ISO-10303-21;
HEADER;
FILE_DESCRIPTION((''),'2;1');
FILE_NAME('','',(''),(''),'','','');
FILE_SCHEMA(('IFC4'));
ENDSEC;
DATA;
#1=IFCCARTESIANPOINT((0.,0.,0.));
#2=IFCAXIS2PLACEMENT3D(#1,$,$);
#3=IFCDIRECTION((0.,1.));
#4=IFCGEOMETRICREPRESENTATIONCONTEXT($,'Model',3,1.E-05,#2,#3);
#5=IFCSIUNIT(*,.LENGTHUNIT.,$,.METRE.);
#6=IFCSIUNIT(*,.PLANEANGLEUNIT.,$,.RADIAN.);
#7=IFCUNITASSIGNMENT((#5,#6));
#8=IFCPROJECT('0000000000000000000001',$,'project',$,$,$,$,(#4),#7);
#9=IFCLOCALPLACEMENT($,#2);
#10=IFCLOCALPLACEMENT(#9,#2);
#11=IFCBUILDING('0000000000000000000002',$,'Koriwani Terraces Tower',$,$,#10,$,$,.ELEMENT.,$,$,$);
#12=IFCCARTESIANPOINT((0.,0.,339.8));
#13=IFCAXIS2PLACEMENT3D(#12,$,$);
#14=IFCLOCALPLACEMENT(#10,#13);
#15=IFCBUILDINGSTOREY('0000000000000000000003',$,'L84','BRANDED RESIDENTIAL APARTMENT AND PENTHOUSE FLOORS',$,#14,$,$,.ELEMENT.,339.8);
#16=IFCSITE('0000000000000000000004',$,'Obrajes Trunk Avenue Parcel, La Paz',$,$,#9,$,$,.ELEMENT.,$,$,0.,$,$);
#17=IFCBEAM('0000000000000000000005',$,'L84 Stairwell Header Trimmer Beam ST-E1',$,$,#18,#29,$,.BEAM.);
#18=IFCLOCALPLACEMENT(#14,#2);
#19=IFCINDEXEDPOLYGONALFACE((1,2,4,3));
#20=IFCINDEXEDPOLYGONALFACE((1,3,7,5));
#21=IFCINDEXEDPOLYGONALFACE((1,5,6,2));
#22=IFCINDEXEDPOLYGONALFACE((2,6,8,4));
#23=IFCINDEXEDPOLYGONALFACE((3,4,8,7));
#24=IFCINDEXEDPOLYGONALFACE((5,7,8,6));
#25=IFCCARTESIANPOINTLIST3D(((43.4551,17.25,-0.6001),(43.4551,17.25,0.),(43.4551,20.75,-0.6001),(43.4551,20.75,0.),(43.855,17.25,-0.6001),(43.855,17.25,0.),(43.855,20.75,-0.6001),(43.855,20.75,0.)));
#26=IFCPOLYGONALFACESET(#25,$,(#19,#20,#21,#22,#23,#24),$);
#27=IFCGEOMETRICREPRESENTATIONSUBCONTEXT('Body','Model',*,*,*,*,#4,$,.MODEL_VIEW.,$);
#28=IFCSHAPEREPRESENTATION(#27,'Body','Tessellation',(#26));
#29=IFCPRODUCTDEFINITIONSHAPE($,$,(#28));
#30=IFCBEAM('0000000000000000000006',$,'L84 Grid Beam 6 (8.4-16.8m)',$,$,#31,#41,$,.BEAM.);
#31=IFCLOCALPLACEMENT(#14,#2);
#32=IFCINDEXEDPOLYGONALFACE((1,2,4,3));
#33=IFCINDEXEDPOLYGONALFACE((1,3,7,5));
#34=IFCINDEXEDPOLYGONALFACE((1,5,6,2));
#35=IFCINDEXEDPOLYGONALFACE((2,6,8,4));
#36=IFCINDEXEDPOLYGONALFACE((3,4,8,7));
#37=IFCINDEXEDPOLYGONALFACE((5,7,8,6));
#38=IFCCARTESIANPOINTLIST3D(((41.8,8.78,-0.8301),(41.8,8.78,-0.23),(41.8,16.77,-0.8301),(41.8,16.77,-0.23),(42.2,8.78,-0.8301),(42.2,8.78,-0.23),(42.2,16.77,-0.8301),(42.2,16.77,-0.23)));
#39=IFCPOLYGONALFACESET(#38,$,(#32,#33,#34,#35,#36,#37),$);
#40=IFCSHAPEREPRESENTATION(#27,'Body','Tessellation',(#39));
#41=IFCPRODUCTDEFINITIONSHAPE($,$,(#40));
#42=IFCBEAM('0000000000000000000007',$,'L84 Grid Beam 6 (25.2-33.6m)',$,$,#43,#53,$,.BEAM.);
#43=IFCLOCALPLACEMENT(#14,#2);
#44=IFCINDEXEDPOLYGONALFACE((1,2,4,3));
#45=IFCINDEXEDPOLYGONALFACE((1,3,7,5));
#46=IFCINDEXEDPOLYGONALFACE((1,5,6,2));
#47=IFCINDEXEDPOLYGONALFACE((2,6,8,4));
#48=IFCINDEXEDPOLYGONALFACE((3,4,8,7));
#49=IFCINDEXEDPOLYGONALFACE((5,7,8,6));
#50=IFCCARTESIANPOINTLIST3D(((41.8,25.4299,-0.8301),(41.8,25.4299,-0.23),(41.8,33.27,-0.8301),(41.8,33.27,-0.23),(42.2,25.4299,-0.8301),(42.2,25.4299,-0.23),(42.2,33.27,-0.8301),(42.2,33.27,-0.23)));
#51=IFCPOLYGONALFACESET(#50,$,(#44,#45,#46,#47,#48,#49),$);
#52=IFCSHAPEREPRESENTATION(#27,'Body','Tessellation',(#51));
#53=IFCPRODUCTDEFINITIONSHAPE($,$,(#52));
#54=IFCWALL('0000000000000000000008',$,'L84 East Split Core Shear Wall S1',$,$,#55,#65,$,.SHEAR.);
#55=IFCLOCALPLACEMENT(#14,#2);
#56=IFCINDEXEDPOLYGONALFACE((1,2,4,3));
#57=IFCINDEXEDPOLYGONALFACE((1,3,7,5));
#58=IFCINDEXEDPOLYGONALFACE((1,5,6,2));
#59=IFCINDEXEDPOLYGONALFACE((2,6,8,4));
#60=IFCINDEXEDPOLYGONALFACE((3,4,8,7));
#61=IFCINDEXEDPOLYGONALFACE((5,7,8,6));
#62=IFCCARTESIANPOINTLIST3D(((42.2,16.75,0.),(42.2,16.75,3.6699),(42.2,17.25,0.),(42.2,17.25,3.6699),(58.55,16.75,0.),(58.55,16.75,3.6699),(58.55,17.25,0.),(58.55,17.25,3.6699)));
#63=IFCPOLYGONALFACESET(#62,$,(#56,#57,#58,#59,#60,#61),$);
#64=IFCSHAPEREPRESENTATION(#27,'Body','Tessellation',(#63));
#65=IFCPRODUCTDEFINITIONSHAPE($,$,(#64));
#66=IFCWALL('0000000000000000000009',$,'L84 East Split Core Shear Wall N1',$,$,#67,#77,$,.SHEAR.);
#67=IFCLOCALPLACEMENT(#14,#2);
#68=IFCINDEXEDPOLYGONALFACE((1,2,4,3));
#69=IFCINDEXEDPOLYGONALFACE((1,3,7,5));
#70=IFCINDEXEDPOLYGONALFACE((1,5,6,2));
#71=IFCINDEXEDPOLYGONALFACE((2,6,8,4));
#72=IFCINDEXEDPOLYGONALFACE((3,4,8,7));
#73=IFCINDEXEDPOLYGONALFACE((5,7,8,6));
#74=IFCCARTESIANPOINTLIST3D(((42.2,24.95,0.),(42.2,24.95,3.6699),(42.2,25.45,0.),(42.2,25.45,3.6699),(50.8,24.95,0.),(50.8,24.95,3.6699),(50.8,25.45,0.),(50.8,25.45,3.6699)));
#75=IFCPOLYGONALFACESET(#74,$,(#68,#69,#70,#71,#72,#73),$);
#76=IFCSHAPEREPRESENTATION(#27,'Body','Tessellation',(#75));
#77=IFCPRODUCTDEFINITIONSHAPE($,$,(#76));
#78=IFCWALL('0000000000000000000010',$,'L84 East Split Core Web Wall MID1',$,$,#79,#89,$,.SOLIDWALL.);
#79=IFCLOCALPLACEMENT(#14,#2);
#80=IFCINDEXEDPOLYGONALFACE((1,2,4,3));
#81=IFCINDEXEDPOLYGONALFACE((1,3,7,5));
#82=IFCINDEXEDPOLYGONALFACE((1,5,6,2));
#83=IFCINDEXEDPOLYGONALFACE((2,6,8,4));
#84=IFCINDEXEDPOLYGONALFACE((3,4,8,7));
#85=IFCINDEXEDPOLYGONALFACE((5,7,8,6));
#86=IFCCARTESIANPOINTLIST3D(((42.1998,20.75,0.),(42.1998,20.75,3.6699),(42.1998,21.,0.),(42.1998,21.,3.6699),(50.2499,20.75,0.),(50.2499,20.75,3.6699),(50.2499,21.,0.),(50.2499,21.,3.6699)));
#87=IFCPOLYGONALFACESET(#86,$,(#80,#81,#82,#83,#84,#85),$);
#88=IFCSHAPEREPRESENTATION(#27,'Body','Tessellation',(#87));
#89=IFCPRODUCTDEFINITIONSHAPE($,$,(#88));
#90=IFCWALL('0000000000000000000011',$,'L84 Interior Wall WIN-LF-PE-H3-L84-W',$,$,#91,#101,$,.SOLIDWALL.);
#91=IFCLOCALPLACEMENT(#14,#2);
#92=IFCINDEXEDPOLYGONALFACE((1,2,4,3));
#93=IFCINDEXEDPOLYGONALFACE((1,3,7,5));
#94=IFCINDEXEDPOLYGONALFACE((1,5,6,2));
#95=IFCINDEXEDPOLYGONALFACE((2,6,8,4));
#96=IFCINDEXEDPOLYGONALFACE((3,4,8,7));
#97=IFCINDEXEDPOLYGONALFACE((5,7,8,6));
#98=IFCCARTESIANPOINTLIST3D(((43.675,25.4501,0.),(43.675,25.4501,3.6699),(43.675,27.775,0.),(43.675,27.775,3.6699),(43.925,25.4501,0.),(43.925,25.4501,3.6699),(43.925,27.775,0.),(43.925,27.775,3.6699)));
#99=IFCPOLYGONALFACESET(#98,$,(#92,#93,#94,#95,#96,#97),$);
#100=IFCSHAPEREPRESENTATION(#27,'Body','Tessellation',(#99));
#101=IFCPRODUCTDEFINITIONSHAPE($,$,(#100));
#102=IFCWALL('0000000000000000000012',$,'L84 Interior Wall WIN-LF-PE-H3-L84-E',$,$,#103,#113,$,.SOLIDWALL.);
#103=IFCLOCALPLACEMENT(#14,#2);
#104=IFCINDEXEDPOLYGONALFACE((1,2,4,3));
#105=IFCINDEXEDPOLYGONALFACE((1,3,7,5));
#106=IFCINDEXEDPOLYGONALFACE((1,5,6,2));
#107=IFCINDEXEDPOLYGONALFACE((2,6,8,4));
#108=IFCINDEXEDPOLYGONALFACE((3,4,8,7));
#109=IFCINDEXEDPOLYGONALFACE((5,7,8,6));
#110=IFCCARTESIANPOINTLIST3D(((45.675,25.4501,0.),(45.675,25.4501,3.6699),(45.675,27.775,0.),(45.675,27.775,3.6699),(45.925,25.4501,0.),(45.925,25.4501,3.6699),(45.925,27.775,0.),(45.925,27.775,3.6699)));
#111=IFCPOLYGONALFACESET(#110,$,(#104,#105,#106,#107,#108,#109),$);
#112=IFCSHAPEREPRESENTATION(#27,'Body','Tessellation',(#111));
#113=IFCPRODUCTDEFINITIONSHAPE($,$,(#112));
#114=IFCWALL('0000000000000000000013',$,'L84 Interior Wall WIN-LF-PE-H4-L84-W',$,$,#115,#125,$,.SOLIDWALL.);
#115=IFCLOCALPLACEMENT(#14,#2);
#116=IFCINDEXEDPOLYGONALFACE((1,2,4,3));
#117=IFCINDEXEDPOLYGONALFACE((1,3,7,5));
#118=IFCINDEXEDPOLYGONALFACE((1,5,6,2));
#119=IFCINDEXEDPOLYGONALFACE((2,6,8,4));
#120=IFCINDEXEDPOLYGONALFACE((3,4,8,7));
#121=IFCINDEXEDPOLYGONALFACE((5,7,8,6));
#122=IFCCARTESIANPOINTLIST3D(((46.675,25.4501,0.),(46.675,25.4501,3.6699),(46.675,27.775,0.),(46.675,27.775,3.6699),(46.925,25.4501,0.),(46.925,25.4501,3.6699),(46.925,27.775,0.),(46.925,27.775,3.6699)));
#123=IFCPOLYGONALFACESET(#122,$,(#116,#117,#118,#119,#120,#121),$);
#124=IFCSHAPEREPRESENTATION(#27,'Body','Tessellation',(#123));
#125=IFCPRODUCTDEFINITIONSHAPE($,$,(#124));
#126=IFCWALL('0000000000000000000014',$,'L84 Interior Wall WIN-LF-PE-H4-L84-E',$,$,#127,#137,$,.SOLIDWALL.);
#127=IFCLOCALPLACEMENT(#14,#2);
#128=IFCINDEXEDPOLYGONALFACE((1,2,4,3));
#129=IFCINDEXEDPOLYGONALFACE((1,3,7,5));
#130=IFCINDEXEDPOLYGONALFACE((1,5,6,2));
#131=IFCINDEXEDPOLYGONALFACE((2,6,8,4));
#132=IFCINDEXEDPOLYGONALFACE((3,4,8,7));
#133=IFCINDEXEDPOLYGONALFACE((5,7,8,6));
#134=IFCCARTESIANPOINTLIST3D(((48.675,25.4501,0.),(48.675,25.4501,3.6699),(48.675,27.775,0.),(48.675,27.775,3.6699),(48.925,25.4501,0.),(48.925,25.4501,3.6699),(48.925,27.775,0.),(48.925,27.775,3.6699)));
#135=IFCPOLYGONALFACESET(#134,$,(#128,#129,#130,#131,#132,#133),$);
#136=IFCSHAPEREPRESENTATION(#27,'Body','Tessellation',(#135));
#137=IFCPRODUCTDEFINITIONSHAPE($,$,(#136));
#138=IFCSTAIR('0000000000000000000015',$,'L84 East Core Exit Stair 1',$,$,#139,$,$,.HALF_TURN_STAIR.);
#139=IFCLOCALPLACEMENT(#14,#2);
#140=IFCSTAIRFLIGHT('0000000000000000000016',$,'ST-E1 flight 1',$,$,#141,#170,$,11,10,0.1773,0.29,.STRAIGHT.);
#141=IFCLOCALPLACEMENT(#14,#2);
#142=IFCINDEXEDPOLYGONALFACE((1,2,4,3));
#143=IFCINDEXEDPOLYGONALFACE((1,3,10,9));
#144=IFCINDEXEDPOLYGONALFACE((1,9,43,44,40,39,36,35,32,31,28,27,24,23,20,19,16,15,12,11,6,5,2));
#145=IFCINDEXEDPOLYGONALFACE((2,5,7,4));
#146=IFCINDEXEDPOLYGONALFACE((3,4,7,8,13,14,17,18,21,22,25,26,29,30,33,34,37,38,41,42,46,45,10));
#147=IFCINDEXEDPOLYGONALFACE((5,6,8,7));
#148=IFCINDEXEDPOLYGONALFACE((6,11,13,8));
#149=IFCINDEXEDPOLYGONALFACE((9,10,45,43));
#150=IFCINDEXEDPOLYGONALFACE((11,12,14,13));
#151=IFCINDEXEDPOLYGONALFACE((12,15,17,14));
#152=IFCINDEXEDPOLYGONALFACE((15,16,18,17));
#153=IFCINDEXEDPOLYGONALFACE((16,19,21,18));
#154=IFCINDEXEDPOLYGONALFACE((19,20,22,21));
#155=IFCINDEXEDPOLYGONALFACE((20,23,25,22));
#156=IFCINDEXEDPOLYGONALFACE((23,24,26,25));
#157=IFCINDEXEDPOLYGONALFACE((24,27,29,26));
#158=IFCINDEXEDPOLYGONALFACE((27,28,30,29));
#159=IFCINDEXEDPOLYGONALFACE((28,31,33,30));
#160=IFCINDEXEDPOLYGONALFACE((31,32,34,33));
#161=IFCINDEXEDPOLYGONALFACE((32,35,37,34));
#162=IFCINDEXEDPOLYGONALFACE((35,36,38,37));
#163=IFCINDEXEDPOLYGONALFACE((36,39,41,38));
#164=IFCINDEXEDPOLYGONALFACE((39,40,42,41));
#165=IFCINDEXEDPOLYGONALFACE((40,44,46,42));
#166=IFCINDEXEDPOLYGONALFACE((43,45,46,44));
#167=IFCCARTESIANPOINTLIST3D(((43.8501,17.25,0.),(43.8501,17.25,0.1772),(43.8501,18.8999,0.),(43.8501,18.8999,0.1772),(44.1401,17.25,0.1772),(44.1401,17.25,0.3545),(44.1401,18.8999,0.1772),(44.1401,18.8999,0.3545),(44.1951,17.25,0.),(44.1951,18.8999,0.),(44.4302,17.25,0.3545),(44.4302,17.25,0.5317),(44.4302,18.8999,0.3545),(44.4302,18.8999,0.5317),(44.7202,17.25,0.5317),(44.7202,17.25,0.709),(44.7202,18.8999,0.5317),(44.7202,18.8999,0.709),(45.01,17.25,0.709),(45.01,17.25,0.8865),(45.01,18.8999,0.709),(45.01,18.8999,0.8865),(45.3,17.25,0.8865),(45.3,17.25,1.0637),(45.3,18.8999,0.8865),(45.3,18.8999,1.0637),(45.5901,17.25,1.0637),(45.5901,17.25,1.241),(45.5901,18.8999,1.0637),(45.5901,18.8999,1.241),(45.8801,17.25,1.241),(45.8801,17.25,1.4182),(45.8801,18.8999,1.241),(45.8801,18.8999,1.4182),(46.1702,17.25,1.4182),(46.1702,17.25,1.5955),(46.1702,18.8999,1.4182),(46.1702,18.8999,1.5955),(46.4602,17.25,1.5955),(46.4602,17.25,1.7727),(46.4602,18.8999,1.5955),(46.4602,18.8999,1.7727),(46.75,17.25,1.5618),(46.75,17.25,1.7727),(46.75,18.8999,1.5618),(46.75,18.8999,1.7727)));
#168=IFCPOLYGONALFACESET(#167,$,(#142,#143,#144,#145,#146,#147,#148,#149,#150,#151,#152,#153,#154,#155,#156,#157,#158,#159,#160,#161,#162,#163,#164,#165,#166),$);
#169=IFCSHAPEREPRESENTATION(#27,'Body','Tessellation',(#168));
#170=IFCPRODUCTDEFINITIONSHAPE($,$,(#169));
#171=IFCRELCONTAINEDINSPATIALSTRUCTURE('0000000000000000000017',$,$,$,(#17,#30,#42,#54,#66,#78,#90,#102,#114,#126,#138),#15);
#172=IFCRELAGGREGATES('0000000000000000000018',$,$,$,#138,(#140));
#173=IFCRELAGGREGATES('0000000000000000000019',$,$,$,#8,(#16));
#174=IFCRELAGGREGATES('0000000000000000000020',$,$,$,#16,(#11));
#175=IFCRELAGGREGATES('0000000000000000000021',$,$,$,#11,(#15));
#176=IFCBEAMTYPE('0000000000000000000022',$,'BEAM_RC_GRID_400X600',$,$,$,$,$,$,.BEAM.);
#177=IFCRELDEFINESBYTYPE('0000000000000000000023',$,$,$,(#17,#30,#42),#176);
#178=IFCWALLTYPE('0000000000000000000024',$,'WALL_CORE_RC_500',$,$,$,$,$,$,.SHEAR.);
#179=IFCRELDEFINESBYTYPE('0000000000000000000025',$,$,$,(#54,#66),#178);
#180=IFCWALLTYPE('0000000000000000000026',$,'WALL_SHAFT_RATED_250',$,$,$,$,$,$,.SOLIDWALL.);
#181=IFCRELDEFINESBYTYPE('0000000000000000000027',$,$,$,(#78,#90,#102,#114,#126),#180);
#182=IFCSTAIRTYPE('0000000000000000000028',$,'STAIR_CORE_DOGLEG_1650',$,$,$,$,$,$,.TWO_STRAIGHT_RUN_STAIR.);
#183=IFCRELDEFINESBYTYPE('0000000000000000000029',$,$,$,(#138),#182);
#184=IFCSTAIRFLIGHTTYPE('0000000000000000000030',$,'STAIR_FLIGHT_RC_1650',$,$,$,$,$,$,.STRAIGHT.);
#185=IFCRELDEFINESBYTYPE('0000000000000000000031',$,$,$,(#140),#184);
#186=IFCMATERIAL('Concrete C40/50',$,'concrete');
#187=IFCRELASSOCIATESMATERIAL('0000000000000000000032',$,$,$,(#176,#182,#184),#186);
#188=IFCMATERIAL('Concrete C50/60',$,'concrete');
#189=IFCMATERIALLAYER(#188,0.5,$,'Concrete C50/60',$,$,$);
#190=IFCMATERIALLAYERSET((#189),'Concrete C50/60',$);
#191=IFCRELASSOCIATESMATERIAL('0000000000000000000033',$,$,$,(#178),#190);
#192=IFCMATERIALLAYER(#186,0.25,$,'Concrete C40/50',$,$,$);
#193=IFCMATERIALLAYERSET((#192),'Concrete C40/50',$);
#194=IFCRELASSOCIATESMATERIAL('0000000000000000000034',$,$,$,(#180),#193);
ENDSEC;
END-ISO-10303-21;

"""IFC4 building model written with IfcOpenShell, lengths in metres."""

from ifc_helpers import new_model, si_unit, direction, frame, frame_2d, origin, origin_2d, place, context, subcontext, project, spatial, polyline, rectangle, outline, extrude, material, layer, layer_set, material_profile, profile_set, type_object, element, aggregate, save


model = new_model("IFC4")

# Units and contexts
model_context = context("Model", 3, precision=1e-05, world=origin(), true_north=direction((0.0, 1.0)))
body_context = subcontext(model_context, "Body", "Model", "MODEL_VIEW")
ifc_project = project(units=[si_unit("LENGTHUNIT", "METRE"), si_unit("PLANEANGLEUNIT", "RADIAN")], contexts=[model_context])

# Site, building, storey
site_placement = place(None, origin())
site = spatial("IfcSite", under=ifc_project, at=site_placement, Name="Obrajes Trunk Avenue Parcel, La Paz", CompositionType="ELEMENT", RefElevation=0.0)
building_placement = place(site_placement, origin())
building = spatial("IfcBuilding", under=site, at=building_placement, Name="Koriwani Terraces Tower", CompositionType="ELEMENT")
storey_placement = place(building_placement, frame((0.0, 0.0, 339.8)))
storey = spatial("IfcBuildingStorey", under=building, at=storey_placement, Name="L84", Description="BRANDED RESIDENTIAL APARTMENT AND PENTHOUSE FLOORS", CompositionType="ELEMENT", Elevation=339.8)

# Beams
ifc_material_1 = material(Name="Concrete C40/50", Category="concrete")
ifc_material_profile = material_profile(ifc_material_1, rectangle(XDim=0.3999, YDim=0.6001, at=origin_2d()), Name="Concrete C40/50", Category="LoadBearing")
ifc_profile_set = profile_set([ifc_material_profile], Name="Concrete C40/50")
beam_type = type_object("IfcBeamType", Name="BEAM_RC_GRID_400X600", PredefinedType="BEAM", material=ifc_profile_set)
beam_1_placement = place(storey_placement, frame((43.655, 17.25, -0.3), z_axis=(0.0, 1.0, 0.0), x_axis=(-1.0, 0.0, 0.0)))
element("IfcBeam", 1, at=beam_1_placement, inside=storey, type_object=beam_type, Name="L84 Stairwell Header Trimmer Beam ST-E1", PredefinedType="BEAM", context=body_context, shape_type="SweptSolid", body=[
    extrude(rectangle(XDim=0.3999, YDim=0.6001, at=origin_2d()), origin(), (0.0, 0.0, 1.0), 3.5),
])
beam_2_placement = place(storey_placement, frame((42.0, 8.78, -0.53), z_axis=(0.0, 1.0, 0.0), x_axis=(-1.0, 0.0, 0.0)))
element("IfcBeam", 2, at=beam_2_placement, inside=storey, type_object=beam_type, Name="L84 Grid Beam 6 (8.4-16.8m)", PredefinedType="BEAM", context=body_context, shape_type="SweptSolid", body=[
    extrude(rectangle(XDim=0.3999, YDim=0.6001, at=origin_2d()), origin(), (0.0, 0.0, 1.0), 7.99),
])
beam_3_placement = place(storey_placement, frame((42.0, 25.4299, -0.53), z_axis=(0.0, 1.0, 0.0), x_axis=(-1.0, 0.0, 0.0)))
element("IfcBeam", 3, at=beam_3_placement, inside=storey, type_object=beam_type, Name="L84 Grid Beam 6 (25.2-33.6m)", PredefinedType="BEAM", context=body_context, shape_type="SweptSolid", body=[
    extrude(rectangle(XDim=0.3999, YDim=0.6001, at=origin_2d()), origin(), (0.0, 0.0, 1.0), 7.8401),
])

# Walls
ifc_material_2 = material(Name="Concrete C50/60", Category="concrete")
ifc_layer_1 = layer(ifc_material_2, 0.5, Name="Concrete C50/60")
ifc_layer_set_1 = layer_set([ifc_layer_1], Name="Concrete C50/60")
wall_type_1 = type_object("IfcWallType", Name="WALL_CORE_RC_500", PredefinedType="SHEAR", material=ifc_layer_set_1)
wall_1_placement = place(storey_placement, frame((42.2, 17.0, 0.0), z_axis=(0.0, 0.0, 1.0), x_axis=(1.0, 0.0, 0.0)))
element("IfcWall", 4, at=wall_1_placement, inside=storey, type_object=wall_type_1, Name="L84 East Split Core Shear Wall S1", PredefinedType="SHEAR", context=body_context, shape_type="SweptSolid", body=[
    extrude(rectangle(XDim=16.3501, YDim=0.5, at=frame_2d((8.175, 0.0))), origin(), (0.0, 0.0, 1.0), 3.6699),
])
wall_2_placement = place(storey_placement, frame((42.2, 25.2, 0.0), z_axis=(0.0, 0.0, 1.0), x_axis=(1.0, 0.0, 0.0)))
element("IfcWall", 5, at=wall_2_placement, inside=storey, type_object=wall_type_1, Name="L84 East Split Core Shear Wall N1", PredefinedType="SHEAR", context=body_context, shape_type="SweptSolid", body=[
    extrude(rectangle(XDim=8.6001, YDim=0.5, at=frame_2d((4.3, 0.0))), origin(), (0.0, 0.0, 1.0), 3.6699),
])
ifc_layer_2 = layer(ifc_material_1, 0.25, Name="Concrete C40/50")
ifc_layer_set_2 = layer_set([ifc_layer_2], Name="Concrete C40/50")
wall_type_2 = type_object("IfcWallType", Name="WALL_SHAFT_RATED_250", PredefinedType="SOLIDWALL", material=ifc_layer_set_2)
wall_3_placement = place(storey_placement, frame((42.2, 20.875, 0.0), z_axis=(0.0, 0.0, 1.0), x_axis=(1.0, 0.0, 0.0)))
element("IfcWall", 6, at=wall_3_placement, inside=storey, type_object=wall_type_2, Name="L84 East Split Core Web Wall MID1", PredefinedType="SOLIDWALL", context=body_context, shape_type="SweptSolid", body=[
    extrude(rectangle(XDim=8.05, YDim=0.25, at=frame_2d((4.0249, 0.0))), origin(), (0.0, 0.0, 1.0), 3.6699),
])

# Walls
for number, where, z_axis, x_axis, name in (
    (7, (43.8, 25.45, 0.0), (0.0, 0.0, 1.0), (0.0, 1.0, 0.0), "L84 Interior Wall WIN-LF-PE-H3-L84-W"),
    (8, (45.8, 25.45, 0.0), (0.0, 0.0, 1.0), (0.0, 1.0, 0.0), "L84 Interior Wall WIN-LF-PE-H3-L84-E"),
    (9, (46.8, 25.45, 0.0), (0.0, 0.0, 1.0), (0.0, 1.0, 0.0), "L84 Interior Wall WIN-LF-PE-H4-L84-W"),
    (10, (48.8, 25.45, 0.0), (0.0, 0.0, 1.0), (0.0, 1.0, 0.0), "L84 Interior Wall WIN-LF-PE-H4-L84-E"),
):
    element("IfcWall", number, at=place(storey_placement, frame(where, z_axis=z_axis, x_axis=x_axis)), inside=storey, type_object=wall_type_2, Name=name, PredefinedType="SOLIDWALL", context=body_context, shape_type="SweptSolid", body=[
        extrude(rectangle(XDim=2.325, YDim=0.25, at=frame_2d((1.1626, 0.0))), origin(), (0.0, 0.0, 1.0), 3.6699),
    ])

# Stair, stair flight
stair_type = type_object("IfcStairType", Name="STAIR_CORE_DOGLEG_1650", PredefinedType="TWO_STRAIGHT_RUN_STAIR", material=ifc_material_1)
stair_placement = place(storey_placement, origin())
stair = element("IfcStair", 11, at=stair_placement, inside=storey, type_object=stair_type, Name="L84 East Core Exit Stair 1", PredefinedType="HALF_TURN_STAIR")
stair_flight_type = type_object("IfcStairFlightType", Name="STAIR_FLIGHT_RC_1650", PredefinedType="STRAIGHT", material=ifc_material_1)
stair_flight_1_placement = place(storey_placement, frame((43.8501, 18.075, 0.0), z_axis=(0.0, 0.0, 1.0), x_axis=(1.0, 0.0, 0.0)))
stair_flight_1 = element("IfcStairFlight", 12, at=stair_flight_1_placement, type_object=stair_flight_type, Name="ST-E1 flight 1", NumberOfRisers=11, NumberOfTreads=10, PredefinedType="STRAIGHT", RiserHeight=0.1773, TreadLength=0.29, context=body_context, shape_type="SweptSolid", body=[
    extrude(outline(polyline([(0.0, 0.0), (0.0, 0.1772), (0.29, 0.1772), (0.29, 0.3545), (0.5801, 0.3545), (0.5801, 0.5317), (0.8701, 0.5317), (0.8701, 0.709), (1.1599, 0.709), (1.1599, 0.8865), (1.45, 0.8865), (1.45, 1.0637), (1.74, 1.0637), (1.74, 1.241), (2.03, 1.241), (2.03, 1.4182), (2.3201, 1.4182), (2.3201, 1.5955), (2.6101, 1.5955), (2.6101, 1.7727), (2.8999, 1.7727), (2.8999, 1.95), (2.8999, 1.5618), (0.345, 0.0), (0.0, 0.0)])), frame((0.0, 0.825, 0.0), z_axis=(0.0, -1.0, 0.0), x_axis=(1.0, 0.0, 0.0)), (0.0, 0.0, 1.0), 1.6499),
])
aggregate(stair, [stair_flight_1])

save(model, "model.ifc")
